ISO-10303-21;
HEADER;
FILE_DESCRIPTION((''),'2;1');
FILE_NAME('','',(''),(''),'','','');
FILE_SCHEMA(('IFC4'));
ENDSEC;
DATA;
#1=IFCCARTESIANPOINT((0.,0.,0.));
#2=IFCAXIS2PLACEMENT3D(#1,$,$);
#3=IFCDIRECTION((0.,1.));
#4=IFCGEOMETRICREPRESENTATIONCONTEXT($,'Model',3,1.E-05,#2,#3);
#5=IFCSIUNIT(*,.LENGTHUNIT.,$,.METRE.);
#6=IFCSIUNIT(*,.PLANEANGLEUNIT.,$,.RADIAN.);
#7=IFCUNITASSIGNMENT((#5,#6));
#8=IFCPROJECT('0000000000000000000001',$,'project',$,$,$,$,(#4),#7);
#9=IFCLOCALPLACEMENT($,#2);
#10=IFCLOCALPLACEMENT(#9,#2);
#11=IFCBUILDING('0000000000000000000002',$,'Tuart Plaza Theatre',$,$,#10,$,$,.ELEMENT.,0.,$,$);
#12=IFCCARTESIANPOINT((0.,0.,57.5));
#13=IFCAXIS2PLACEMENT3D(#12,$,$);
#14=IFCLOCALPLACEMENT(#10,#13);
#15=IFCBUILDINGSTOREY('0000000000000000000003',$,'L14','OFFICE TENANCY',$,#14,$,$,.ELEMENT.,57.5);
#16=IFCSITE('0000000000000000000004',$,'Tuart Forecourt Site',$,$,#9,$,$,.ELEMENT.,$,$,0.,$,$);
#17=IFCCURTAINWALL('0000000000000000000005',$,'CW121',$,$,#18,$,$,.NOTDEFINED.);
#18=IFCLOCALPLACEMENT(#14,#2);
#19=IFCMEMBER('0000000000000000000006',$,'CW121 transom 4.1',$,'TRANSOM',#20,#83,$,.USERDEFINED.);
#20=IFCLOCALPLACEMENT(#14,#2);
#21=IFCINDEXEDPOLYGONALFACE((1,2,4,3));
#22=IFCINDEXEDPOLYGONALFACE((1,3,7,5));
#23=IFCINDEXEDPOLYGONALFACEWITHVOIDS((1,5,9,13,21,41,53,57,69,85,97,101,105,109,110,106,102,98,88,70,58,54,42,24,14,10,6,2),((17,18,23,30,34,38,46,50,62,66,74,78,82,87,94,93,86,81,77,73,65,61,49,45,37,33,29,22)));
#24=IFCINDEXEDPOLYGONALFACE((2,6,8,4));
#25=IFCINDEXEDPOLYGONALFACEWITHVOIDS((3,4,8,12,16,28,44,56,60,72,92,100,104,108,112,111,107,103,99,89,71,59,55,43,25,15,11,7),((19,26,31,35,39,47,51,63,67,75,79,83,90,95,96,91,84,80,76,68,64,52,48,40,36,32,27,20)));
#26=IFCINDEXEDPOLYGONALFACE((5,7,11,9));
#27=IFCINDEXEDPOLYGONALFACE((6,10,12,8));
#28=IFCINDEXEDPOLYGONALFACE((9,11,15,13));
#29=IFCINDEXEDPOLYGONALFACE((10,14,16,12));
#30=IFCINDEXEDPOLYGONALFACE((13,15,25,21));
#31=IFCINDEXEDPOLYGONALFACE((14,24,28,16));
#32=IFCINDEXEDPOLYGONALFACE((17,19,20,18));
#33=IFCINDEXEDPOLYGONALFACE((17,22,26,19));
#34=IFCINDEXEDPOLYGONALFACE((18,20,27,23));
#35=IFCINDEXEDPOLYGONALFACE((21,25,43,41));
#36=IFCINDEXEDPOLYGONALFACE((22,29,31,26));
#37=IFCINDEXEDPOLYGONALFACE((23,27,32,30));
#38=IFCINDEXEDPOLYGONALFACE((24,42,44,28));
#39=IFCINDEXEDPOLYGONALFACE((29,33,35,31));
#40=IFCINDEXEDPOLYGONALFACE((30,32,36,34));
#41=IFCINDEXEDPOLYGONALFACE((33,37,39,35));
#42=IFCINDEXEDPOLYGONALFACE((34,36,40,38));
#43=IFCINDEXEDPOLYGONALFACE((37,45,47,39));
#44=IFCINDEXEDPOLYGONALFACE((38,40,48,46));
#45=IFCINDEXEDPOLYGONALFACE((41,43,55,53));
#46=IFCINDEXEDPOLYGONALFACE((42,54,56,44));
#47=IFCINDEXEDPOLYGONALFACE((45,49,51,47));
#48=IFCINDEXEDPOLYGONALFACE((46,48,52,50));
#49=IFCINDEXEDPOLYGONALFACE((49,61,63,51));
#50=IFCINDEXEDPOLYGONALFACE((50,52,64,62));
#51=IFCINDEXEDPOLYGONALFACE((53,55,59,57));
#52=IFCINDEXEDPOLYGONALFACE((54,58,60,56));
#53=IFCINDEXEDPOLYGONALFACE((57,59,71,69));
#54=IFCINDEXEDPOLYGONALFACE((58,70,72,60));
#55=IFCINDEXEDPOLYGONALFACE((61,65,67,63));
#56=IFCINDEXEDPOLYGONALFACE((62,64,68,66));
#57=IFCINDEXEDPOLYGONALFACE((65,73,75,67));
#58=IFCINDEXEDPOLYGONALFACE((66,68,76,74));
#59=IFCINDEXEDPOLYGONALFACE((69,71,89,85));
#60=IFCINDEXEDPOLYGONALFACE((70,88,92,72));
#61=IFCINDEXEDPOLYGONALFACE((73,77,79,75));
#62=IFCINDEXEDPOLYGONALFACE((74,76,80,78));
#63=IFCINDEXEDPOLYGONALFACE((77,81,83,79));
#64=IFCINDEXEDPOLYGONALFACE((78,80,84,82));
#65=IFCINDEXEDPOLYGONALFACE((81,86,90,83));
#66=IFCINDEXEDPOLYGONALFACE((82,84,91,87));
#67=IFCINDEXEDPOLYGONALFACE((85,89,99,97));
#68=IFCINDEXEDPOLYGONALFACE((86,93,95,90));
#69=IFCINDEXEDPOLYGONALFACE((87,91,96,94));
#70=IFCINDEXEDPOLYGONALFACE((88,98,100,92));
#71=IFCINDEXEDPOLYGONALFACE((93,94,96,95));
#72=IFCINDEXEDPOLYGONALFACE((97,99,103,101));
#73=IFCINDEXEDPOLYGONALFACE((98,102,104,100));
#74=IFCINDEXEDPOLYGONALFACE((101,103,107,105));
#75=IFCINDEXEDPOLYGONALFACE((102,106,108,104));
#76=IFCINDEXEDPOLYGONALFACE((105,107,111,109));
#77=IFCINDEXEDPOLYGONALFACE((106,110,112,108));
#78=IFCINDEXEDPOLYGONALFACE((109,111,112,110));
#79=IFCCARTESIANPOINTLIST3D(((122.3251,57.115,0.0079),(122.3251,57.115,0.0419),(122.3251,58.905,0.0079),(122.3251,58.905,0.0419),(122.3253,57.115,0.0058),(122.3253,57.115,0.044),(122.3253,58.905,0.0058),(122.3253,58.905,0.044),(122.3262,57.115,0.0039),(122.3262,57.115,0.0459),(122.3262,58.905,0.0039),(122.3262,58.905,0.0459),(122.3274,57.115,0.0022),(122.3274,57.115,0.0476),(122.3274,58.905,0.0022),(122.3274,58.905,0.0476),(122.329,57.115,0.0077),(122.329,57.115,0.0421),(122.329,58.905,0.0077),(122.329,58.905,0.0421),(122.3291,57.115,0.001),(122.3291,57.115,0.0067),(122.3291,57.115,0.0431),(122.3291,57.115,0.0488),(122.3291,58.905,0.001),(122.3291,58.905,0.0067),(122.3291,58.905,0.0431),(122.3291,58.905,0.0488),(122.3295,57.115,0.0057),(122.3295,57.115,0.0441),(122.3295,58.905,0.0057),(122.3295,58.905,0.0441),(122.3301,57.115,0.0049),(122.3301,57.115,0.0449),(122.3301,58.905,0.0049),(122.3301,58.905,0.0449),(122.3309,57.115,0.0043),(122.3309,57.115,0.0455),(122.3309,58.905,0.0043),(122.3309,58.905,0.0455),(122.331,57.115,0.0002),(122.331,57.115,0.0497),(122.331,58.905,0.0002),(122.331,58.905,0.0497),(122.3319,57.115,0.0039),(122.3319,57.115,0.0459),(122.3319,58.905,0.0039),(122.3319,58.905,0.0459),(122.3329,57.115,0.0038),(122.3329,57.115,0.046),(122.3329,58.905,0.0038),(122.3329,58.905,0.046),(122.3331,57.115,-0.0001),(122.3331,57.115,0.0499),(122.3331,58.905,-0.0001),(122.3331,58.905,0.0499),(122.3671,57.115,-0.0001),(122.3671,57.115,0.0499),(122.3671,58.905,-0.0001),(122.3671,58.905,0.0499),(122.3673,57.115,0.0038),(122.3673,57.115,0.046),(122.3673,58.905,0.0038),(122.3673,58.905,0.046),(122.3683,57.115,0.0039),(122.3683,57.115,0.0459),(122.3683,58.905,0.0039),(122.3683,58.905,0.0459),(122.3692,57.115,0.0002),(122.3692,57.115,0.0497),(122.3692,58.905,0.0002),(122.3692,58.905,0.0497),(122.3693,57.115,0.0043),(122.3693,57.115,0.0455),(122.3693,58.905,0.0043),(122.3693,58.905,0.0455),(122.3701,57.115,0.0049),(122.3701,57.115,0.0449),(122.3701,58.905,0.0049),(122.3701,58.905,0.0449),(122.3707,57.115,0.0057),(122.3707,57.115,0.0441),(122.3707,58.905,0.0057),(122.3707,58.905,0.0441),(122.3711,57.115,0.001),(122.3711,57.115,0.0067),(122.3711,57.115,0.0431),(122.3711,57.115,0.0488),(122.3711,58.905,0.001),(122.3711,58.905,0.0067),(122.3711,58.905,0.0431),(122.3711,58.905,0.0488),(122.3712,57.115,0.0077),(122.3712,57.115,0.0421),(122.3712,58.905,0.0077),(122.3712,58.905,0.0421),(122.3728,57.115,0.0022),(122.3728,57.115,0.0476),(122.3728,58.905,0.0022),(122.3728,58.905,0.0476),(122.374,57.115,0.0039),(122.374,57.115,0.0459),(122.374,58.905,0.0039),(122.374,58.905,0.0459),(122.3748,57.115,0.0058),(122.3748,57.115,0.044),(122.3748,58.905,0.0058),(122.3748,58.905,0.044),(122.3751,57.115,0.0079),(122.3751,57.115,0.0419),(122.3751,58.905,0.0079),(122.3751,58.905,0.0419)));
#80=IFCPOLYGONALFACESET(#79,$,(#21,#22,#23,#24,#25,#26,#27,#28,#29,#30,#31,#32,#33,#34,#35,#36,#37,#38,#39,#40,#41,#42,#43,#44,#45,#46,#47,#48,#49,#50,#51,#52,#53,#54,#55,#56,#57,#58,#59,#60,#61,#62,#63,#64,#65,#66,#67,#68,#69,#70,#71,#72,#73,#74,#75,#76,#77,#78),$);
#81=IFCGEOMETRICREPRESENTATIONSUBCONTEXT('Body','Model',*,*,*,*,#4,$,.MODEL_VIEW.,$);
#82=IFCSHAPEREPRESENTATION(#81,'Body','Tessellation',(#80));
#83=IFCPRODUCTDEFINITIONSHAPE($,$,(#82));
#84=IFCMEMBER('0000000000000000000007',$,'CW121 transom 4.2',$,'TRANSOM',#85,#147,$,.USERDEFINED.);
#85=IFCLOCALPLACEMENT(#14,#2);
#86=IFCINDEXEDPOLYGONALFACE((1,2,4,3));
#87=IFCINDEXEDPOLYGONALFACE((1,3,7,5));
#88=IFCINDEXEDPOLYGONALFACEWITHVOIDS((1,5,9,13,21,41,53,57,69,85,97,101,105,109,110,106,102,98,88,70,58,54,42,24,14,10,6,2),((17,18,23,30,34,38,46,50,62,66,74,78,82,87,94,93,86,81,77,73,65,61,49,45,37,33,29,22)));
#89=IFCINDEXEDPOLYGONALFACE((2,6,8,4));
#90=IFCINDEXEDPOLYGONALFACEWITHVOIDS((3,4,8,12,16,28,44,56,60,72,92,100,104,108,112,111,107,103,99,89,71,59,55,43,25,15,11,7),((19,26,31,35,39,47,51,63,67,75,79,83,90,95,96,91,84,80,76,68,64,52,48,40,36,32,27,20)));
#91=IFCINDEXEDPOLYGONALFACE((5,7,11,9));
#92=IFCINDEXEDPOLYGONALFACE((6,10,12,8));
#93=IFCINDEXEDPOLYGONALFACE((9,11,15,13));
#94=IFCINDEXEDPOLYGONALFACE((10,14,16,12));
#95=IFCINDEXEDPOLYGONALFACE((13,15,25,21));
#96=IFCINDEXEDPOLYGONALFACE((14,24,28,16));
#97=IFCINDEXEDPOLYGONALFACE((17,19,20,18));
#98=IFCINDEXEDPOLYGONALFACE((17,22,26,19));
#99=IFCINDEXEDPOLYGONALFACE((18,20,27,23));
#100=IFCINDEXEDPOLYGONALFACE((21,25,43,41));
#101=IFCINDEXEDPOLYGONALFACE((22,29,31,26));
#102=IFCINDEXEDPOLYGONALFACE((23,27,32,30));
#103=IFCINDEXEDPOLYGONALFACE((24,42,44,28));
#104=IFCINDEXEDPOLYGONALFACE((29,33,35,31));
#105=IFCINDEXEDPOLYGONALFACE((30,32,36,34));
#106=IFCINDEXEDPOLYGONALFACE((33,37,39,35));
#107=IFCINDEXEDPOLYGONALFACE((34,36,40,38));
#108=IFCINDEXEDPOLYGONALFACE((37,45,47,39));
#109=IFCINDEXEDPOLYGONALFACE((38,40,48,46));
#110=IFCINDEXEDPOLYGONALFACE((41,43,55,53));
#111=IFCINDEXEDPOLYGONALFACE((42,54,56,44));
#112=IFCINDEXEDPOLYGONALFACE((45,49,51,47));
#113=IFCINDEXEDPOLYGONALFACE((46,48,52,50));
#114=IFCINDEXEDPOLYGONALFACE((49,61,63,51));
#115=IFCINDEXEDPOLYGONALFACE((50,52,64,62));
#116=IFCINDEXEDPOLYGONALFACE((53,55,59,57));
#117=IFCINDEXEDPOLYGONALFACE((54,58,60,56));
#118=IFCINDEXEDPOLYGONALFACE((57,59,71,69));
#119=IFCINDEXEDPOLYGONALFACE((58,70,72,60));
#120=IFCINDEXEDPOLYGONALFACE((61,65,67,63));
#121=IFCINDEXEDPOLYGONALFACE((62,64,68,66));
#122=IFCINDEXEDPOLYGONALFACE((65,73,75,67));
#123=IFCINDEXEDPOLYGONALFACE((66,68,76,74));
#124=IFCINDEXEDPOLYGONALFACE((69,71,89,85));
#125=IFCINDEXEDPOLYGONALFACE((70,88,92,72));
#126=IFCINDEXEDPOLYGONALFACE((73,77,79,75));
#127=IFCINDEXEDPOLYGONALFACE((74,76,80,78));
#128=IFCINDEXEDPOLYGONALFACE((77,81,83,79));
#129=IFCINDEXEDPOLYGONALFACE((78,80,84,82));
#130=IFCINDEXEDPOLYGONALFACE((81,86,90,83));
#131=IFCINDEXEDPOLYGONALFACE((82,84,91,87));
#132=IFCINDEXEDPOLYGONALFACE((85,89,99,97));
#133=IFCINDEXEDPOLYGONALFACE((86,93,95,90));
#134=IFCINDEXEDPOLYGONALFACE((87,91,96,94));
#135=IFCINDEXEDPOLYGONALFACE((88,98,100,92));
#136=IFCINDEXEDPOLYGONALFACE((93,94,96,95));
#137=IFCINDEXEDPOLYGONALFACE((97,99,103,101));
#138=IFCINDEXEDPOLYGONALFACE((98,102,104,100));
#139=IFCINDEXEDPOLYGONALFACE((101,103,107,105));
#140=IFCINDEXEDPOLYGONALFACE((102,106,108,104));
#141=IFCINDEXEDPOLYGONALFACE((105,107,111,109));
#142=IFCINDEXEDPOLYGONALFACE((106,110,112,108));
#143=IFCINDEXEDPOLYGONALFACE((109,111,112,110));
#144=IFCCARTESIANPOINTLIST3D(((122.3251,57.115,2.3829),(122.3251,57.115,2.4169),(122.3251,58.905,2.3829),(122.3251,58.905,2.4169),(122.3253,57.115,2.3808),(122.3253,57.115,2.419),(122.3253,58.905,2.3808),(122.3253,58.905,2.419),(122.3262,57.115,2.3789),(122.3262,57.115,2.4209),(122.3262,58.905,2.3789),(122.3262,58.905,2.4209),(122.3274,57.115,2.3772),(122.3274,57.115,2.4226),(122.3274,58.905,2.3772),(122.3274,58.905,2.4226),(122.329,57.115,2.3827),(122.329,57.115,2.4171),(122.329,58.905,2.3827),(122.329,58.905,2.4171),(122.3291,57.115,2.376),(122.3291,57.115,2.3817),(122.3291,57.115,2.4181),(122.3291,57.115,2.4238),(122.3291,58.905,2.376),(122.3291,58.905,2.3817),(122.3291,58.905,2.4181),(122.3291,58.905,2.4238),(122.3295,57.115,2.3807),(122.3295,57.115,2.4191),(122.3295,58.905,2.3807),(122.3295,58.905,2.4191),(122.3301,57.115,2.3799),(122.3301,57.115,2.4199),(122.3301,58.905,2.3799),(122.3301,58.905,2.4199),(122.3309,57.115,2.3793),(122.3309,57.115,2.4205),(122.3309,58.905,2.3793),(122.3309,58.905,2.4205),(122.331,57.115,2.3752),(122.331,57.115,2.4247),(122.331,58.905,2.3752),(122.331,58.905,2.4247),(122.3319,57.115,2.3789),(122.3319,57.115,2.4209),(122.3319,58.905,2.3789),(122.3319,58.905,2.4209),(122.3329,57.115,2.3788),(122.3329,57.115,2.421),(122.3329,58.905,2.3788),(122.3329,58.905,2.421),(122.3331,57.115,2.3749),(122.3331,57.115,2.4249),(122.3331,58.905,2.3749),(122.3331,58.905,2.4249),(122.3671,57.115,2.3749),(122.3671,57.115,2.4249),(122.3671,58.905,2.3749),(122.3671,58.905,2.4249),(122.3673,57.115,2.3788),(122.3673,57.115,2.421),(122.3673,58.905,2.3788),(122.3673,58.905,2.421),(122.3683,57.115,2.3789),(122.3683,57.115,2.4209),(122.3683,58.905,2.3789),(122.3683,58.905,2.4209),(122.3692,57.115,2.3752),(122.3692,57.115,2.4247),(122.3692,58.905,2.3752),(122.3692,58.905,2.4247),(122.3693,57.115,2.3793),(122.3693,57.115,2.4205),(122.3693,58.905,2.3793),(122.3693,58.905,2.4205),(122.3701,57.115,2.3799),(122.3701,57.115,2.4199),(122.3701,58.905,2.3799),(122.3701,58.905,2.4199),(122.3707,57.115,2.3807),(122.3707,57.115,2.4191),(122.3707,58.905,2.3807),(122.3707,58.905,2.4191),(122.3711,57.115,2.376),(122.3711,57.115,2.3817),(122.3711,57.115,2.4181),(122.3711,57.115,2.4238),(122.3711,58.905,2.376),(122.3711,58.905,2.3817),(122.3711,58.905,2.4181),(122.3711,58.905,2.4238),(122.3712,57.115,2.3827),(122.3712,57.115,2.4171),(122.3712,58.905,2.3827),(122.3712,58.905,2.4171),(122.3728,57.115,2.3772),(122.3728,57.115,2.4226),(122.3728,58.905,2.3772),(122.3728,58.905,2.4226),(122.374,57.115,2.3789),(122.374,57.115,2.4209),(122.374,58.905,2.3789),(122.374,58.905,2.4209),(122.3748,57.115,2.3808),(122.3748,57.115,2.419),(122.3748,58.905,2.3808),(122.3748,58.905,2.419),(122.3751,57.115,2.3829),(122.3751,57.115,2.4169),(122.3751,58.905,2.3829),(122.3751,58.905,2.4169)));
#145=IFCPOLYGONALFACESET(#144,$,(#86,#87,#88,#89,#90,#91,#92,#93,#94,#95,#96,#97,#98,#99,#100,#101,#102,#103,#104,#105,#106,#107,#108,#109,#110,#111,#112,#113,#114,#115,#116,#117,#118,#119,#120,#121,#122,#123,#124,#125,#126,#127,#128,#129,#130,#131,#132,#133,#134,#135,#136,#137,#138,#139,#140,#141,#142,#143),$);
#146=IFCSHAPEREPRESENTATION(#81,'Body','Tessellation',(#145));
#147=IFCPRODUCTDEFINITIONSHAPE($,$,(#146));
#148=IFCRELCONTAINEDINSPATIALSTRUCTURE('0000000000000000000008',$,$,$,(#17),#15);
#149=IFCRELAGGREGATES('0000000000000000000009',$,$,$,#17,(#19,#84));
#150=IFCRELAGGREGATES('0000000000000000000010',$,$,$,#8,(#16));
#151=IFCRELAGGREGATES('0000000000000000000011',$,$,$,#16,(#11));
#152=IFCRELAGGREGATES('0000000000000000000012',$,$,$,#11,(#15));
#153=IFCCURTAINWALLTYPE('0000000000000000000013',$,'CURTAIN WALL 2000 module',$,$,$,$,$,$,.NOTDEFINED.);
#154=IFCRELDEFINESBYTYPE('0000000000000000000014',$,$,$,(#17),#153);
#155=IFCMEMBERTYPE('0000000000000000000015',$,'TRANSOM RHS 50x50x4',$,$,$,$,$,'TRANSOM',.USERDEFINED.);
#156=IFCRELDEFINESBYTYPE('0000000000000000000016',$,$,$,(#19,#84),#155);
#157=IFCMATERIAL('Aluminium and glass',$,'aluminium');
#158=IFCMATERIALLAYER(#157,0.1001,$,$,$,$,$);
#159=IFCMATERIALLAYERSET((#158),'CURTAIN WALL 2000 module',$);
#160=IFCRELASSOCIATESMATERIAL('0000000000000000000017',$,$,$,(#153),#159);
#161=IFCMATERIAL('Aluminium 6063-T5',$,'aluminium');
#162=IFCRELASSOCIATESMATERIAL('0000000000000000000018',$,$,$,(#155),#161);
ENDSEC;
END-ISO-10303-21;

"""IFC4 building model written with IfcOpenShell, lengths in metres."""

from ifc_helpers import new_model, si_unit, direction, frame, origin, origin_2d, place, context, subcontext, project, spatial, hollow_rectangle, extrude, material, layer, layer_set, material_profile, profile_set, type_object, element, aggregate, save


model = new_model("IFC4")

# Units and contexts
model_context = context("Model", 3, precision=1e-05, world=origin(), true_north=direction((0.0, 1.0)))
body_context = subcontext(model_context, "Body", "Model", "MODEL_VIEW")
ifc_project = project(units=[si_unit("LENGTHUNIT", "METRE"), si_unit("PLANEANGLEUNIT", "RADIAN")], contexts=[model_context])

# Site, building, storey
site_placement = place(None, origin())
site = spatial("IfcSite", under=ifc_project, at=site_placement, Name="Tuart Forecourt Site", CompositionType="ELEMENT", RefElevation=0.0)
building_placement = place(site_placement, origin())
building = spatial("IfcBuilding", under=site, at=building_placement, Name="Tuart Plaza Theatre", CompositionType="ELEMENT", ElevationOfRefHeight=0.0)
storey_placement = place(building_placement, frame((0.0, 0.0, 57.5)))
storey = spatial("IfcBuildingStorey", under=building, at=storey_placement, Name="L14", Description="OFFICE TENANCY", CompositionType="ELEMENT", Elevation=57.5)

# Curtain wall, members
ifc_material_1 = material(Name="Aluminium and glass", Category="aluminium")
ifc_layer_1 = layer(ifc_material_1, 0.1001)
ifc_layer_set_1 = layer_set([ifc_layer_1], Name="CURTAIN WALL 2000 module")
curtain_wall_type = type_object("IfcCurtainWallType", Name="CURTAIN WALL 2000 module", PredefinedType="NOTDEFINED", material=ifc_layer_set_1)
curtain_wall_placement = place(storey_placement, origin())
curtain_wall = element("IfcCurtainWall", 1, at=curtain_wall_placement, inside=storey, type_object=curtain_wall_type, Name="CW121", PredefinedType="NOTDEFINED")
ifc_material_2 = material(Name="Aluminium 6063-T5", Category="aluminium")
ifc_material_profile_1 = material_profile(ifc_material_2, hollow_rectangle(XDim=0.05, YDim=0.05, WallThickness=0.0039, InnerFilletRadius=0.0039, OuterFilletRadius=0.0081, at=origin_2d()), Name="RHS 50x50x4")
ifc_profile_set_1 = profile_set([ifc_material_profile_1], Name="Aluminium 6063-T5")
member_type_1 = type_object("IfcMemberType", Name="TRANSOM RHS 50x50x4", ElementType="TRANSOM", PredefinedType="USERDEFINED", material=ifc_profile_set_1)
member_1_placement = place(storey_placement, frame((122.3501, 58.905, 0.0249), z_axis=(0.0, -1.0, 0.0), x_axis=(1.0, 0.0, 0.0)))
member_1 = element("IfcMember", 2, at=member_1_placement, type_object=member_type_1, Name="CW121 transom 4.1", ObjectType="TRANSOM", PredefinedType="USERDEFINED", context=body_context, shape_type="SweptSolid", body=[
    extrude(hollow_rectangle(XDim=0.05, YDim=0.05, WallThickness=0.0039, InnerFilletRadius=0.0039, OuterFilletRadius=0.0081, at=origin_2d()), origin(), (0.0, 0.0, 1.0), 1.79),
])
member_2_placement = place(storey_placement, frame((122.3501, 58.905, 2.3999), z_axis=(0.0, -1.0, 0.0), x_axis=(1.0, 0.0, 0.0)))
member_2 = element("IfcMember", 3, at=member_2_placement, type_object=member_type_1, Name="CW121 transom 4.2", ObjectType="TRANSOM", PredefinedType="USERDEFINED", context=body_context, shape_type="SweptSolid", body=[
    extrude(hollow_rectangle(XDim=0.05, YDim=0.05, WallThickness=0.0039, InnerFilletRadius=0.0039, OuterFilletRadius=0.0081, at=origin_2d()), origin(), (0.0, 0.0, 1.0), 1.79),
])
aggregate(curtain_wall, [member_1, member_2])

save(model, "model.ifc")
